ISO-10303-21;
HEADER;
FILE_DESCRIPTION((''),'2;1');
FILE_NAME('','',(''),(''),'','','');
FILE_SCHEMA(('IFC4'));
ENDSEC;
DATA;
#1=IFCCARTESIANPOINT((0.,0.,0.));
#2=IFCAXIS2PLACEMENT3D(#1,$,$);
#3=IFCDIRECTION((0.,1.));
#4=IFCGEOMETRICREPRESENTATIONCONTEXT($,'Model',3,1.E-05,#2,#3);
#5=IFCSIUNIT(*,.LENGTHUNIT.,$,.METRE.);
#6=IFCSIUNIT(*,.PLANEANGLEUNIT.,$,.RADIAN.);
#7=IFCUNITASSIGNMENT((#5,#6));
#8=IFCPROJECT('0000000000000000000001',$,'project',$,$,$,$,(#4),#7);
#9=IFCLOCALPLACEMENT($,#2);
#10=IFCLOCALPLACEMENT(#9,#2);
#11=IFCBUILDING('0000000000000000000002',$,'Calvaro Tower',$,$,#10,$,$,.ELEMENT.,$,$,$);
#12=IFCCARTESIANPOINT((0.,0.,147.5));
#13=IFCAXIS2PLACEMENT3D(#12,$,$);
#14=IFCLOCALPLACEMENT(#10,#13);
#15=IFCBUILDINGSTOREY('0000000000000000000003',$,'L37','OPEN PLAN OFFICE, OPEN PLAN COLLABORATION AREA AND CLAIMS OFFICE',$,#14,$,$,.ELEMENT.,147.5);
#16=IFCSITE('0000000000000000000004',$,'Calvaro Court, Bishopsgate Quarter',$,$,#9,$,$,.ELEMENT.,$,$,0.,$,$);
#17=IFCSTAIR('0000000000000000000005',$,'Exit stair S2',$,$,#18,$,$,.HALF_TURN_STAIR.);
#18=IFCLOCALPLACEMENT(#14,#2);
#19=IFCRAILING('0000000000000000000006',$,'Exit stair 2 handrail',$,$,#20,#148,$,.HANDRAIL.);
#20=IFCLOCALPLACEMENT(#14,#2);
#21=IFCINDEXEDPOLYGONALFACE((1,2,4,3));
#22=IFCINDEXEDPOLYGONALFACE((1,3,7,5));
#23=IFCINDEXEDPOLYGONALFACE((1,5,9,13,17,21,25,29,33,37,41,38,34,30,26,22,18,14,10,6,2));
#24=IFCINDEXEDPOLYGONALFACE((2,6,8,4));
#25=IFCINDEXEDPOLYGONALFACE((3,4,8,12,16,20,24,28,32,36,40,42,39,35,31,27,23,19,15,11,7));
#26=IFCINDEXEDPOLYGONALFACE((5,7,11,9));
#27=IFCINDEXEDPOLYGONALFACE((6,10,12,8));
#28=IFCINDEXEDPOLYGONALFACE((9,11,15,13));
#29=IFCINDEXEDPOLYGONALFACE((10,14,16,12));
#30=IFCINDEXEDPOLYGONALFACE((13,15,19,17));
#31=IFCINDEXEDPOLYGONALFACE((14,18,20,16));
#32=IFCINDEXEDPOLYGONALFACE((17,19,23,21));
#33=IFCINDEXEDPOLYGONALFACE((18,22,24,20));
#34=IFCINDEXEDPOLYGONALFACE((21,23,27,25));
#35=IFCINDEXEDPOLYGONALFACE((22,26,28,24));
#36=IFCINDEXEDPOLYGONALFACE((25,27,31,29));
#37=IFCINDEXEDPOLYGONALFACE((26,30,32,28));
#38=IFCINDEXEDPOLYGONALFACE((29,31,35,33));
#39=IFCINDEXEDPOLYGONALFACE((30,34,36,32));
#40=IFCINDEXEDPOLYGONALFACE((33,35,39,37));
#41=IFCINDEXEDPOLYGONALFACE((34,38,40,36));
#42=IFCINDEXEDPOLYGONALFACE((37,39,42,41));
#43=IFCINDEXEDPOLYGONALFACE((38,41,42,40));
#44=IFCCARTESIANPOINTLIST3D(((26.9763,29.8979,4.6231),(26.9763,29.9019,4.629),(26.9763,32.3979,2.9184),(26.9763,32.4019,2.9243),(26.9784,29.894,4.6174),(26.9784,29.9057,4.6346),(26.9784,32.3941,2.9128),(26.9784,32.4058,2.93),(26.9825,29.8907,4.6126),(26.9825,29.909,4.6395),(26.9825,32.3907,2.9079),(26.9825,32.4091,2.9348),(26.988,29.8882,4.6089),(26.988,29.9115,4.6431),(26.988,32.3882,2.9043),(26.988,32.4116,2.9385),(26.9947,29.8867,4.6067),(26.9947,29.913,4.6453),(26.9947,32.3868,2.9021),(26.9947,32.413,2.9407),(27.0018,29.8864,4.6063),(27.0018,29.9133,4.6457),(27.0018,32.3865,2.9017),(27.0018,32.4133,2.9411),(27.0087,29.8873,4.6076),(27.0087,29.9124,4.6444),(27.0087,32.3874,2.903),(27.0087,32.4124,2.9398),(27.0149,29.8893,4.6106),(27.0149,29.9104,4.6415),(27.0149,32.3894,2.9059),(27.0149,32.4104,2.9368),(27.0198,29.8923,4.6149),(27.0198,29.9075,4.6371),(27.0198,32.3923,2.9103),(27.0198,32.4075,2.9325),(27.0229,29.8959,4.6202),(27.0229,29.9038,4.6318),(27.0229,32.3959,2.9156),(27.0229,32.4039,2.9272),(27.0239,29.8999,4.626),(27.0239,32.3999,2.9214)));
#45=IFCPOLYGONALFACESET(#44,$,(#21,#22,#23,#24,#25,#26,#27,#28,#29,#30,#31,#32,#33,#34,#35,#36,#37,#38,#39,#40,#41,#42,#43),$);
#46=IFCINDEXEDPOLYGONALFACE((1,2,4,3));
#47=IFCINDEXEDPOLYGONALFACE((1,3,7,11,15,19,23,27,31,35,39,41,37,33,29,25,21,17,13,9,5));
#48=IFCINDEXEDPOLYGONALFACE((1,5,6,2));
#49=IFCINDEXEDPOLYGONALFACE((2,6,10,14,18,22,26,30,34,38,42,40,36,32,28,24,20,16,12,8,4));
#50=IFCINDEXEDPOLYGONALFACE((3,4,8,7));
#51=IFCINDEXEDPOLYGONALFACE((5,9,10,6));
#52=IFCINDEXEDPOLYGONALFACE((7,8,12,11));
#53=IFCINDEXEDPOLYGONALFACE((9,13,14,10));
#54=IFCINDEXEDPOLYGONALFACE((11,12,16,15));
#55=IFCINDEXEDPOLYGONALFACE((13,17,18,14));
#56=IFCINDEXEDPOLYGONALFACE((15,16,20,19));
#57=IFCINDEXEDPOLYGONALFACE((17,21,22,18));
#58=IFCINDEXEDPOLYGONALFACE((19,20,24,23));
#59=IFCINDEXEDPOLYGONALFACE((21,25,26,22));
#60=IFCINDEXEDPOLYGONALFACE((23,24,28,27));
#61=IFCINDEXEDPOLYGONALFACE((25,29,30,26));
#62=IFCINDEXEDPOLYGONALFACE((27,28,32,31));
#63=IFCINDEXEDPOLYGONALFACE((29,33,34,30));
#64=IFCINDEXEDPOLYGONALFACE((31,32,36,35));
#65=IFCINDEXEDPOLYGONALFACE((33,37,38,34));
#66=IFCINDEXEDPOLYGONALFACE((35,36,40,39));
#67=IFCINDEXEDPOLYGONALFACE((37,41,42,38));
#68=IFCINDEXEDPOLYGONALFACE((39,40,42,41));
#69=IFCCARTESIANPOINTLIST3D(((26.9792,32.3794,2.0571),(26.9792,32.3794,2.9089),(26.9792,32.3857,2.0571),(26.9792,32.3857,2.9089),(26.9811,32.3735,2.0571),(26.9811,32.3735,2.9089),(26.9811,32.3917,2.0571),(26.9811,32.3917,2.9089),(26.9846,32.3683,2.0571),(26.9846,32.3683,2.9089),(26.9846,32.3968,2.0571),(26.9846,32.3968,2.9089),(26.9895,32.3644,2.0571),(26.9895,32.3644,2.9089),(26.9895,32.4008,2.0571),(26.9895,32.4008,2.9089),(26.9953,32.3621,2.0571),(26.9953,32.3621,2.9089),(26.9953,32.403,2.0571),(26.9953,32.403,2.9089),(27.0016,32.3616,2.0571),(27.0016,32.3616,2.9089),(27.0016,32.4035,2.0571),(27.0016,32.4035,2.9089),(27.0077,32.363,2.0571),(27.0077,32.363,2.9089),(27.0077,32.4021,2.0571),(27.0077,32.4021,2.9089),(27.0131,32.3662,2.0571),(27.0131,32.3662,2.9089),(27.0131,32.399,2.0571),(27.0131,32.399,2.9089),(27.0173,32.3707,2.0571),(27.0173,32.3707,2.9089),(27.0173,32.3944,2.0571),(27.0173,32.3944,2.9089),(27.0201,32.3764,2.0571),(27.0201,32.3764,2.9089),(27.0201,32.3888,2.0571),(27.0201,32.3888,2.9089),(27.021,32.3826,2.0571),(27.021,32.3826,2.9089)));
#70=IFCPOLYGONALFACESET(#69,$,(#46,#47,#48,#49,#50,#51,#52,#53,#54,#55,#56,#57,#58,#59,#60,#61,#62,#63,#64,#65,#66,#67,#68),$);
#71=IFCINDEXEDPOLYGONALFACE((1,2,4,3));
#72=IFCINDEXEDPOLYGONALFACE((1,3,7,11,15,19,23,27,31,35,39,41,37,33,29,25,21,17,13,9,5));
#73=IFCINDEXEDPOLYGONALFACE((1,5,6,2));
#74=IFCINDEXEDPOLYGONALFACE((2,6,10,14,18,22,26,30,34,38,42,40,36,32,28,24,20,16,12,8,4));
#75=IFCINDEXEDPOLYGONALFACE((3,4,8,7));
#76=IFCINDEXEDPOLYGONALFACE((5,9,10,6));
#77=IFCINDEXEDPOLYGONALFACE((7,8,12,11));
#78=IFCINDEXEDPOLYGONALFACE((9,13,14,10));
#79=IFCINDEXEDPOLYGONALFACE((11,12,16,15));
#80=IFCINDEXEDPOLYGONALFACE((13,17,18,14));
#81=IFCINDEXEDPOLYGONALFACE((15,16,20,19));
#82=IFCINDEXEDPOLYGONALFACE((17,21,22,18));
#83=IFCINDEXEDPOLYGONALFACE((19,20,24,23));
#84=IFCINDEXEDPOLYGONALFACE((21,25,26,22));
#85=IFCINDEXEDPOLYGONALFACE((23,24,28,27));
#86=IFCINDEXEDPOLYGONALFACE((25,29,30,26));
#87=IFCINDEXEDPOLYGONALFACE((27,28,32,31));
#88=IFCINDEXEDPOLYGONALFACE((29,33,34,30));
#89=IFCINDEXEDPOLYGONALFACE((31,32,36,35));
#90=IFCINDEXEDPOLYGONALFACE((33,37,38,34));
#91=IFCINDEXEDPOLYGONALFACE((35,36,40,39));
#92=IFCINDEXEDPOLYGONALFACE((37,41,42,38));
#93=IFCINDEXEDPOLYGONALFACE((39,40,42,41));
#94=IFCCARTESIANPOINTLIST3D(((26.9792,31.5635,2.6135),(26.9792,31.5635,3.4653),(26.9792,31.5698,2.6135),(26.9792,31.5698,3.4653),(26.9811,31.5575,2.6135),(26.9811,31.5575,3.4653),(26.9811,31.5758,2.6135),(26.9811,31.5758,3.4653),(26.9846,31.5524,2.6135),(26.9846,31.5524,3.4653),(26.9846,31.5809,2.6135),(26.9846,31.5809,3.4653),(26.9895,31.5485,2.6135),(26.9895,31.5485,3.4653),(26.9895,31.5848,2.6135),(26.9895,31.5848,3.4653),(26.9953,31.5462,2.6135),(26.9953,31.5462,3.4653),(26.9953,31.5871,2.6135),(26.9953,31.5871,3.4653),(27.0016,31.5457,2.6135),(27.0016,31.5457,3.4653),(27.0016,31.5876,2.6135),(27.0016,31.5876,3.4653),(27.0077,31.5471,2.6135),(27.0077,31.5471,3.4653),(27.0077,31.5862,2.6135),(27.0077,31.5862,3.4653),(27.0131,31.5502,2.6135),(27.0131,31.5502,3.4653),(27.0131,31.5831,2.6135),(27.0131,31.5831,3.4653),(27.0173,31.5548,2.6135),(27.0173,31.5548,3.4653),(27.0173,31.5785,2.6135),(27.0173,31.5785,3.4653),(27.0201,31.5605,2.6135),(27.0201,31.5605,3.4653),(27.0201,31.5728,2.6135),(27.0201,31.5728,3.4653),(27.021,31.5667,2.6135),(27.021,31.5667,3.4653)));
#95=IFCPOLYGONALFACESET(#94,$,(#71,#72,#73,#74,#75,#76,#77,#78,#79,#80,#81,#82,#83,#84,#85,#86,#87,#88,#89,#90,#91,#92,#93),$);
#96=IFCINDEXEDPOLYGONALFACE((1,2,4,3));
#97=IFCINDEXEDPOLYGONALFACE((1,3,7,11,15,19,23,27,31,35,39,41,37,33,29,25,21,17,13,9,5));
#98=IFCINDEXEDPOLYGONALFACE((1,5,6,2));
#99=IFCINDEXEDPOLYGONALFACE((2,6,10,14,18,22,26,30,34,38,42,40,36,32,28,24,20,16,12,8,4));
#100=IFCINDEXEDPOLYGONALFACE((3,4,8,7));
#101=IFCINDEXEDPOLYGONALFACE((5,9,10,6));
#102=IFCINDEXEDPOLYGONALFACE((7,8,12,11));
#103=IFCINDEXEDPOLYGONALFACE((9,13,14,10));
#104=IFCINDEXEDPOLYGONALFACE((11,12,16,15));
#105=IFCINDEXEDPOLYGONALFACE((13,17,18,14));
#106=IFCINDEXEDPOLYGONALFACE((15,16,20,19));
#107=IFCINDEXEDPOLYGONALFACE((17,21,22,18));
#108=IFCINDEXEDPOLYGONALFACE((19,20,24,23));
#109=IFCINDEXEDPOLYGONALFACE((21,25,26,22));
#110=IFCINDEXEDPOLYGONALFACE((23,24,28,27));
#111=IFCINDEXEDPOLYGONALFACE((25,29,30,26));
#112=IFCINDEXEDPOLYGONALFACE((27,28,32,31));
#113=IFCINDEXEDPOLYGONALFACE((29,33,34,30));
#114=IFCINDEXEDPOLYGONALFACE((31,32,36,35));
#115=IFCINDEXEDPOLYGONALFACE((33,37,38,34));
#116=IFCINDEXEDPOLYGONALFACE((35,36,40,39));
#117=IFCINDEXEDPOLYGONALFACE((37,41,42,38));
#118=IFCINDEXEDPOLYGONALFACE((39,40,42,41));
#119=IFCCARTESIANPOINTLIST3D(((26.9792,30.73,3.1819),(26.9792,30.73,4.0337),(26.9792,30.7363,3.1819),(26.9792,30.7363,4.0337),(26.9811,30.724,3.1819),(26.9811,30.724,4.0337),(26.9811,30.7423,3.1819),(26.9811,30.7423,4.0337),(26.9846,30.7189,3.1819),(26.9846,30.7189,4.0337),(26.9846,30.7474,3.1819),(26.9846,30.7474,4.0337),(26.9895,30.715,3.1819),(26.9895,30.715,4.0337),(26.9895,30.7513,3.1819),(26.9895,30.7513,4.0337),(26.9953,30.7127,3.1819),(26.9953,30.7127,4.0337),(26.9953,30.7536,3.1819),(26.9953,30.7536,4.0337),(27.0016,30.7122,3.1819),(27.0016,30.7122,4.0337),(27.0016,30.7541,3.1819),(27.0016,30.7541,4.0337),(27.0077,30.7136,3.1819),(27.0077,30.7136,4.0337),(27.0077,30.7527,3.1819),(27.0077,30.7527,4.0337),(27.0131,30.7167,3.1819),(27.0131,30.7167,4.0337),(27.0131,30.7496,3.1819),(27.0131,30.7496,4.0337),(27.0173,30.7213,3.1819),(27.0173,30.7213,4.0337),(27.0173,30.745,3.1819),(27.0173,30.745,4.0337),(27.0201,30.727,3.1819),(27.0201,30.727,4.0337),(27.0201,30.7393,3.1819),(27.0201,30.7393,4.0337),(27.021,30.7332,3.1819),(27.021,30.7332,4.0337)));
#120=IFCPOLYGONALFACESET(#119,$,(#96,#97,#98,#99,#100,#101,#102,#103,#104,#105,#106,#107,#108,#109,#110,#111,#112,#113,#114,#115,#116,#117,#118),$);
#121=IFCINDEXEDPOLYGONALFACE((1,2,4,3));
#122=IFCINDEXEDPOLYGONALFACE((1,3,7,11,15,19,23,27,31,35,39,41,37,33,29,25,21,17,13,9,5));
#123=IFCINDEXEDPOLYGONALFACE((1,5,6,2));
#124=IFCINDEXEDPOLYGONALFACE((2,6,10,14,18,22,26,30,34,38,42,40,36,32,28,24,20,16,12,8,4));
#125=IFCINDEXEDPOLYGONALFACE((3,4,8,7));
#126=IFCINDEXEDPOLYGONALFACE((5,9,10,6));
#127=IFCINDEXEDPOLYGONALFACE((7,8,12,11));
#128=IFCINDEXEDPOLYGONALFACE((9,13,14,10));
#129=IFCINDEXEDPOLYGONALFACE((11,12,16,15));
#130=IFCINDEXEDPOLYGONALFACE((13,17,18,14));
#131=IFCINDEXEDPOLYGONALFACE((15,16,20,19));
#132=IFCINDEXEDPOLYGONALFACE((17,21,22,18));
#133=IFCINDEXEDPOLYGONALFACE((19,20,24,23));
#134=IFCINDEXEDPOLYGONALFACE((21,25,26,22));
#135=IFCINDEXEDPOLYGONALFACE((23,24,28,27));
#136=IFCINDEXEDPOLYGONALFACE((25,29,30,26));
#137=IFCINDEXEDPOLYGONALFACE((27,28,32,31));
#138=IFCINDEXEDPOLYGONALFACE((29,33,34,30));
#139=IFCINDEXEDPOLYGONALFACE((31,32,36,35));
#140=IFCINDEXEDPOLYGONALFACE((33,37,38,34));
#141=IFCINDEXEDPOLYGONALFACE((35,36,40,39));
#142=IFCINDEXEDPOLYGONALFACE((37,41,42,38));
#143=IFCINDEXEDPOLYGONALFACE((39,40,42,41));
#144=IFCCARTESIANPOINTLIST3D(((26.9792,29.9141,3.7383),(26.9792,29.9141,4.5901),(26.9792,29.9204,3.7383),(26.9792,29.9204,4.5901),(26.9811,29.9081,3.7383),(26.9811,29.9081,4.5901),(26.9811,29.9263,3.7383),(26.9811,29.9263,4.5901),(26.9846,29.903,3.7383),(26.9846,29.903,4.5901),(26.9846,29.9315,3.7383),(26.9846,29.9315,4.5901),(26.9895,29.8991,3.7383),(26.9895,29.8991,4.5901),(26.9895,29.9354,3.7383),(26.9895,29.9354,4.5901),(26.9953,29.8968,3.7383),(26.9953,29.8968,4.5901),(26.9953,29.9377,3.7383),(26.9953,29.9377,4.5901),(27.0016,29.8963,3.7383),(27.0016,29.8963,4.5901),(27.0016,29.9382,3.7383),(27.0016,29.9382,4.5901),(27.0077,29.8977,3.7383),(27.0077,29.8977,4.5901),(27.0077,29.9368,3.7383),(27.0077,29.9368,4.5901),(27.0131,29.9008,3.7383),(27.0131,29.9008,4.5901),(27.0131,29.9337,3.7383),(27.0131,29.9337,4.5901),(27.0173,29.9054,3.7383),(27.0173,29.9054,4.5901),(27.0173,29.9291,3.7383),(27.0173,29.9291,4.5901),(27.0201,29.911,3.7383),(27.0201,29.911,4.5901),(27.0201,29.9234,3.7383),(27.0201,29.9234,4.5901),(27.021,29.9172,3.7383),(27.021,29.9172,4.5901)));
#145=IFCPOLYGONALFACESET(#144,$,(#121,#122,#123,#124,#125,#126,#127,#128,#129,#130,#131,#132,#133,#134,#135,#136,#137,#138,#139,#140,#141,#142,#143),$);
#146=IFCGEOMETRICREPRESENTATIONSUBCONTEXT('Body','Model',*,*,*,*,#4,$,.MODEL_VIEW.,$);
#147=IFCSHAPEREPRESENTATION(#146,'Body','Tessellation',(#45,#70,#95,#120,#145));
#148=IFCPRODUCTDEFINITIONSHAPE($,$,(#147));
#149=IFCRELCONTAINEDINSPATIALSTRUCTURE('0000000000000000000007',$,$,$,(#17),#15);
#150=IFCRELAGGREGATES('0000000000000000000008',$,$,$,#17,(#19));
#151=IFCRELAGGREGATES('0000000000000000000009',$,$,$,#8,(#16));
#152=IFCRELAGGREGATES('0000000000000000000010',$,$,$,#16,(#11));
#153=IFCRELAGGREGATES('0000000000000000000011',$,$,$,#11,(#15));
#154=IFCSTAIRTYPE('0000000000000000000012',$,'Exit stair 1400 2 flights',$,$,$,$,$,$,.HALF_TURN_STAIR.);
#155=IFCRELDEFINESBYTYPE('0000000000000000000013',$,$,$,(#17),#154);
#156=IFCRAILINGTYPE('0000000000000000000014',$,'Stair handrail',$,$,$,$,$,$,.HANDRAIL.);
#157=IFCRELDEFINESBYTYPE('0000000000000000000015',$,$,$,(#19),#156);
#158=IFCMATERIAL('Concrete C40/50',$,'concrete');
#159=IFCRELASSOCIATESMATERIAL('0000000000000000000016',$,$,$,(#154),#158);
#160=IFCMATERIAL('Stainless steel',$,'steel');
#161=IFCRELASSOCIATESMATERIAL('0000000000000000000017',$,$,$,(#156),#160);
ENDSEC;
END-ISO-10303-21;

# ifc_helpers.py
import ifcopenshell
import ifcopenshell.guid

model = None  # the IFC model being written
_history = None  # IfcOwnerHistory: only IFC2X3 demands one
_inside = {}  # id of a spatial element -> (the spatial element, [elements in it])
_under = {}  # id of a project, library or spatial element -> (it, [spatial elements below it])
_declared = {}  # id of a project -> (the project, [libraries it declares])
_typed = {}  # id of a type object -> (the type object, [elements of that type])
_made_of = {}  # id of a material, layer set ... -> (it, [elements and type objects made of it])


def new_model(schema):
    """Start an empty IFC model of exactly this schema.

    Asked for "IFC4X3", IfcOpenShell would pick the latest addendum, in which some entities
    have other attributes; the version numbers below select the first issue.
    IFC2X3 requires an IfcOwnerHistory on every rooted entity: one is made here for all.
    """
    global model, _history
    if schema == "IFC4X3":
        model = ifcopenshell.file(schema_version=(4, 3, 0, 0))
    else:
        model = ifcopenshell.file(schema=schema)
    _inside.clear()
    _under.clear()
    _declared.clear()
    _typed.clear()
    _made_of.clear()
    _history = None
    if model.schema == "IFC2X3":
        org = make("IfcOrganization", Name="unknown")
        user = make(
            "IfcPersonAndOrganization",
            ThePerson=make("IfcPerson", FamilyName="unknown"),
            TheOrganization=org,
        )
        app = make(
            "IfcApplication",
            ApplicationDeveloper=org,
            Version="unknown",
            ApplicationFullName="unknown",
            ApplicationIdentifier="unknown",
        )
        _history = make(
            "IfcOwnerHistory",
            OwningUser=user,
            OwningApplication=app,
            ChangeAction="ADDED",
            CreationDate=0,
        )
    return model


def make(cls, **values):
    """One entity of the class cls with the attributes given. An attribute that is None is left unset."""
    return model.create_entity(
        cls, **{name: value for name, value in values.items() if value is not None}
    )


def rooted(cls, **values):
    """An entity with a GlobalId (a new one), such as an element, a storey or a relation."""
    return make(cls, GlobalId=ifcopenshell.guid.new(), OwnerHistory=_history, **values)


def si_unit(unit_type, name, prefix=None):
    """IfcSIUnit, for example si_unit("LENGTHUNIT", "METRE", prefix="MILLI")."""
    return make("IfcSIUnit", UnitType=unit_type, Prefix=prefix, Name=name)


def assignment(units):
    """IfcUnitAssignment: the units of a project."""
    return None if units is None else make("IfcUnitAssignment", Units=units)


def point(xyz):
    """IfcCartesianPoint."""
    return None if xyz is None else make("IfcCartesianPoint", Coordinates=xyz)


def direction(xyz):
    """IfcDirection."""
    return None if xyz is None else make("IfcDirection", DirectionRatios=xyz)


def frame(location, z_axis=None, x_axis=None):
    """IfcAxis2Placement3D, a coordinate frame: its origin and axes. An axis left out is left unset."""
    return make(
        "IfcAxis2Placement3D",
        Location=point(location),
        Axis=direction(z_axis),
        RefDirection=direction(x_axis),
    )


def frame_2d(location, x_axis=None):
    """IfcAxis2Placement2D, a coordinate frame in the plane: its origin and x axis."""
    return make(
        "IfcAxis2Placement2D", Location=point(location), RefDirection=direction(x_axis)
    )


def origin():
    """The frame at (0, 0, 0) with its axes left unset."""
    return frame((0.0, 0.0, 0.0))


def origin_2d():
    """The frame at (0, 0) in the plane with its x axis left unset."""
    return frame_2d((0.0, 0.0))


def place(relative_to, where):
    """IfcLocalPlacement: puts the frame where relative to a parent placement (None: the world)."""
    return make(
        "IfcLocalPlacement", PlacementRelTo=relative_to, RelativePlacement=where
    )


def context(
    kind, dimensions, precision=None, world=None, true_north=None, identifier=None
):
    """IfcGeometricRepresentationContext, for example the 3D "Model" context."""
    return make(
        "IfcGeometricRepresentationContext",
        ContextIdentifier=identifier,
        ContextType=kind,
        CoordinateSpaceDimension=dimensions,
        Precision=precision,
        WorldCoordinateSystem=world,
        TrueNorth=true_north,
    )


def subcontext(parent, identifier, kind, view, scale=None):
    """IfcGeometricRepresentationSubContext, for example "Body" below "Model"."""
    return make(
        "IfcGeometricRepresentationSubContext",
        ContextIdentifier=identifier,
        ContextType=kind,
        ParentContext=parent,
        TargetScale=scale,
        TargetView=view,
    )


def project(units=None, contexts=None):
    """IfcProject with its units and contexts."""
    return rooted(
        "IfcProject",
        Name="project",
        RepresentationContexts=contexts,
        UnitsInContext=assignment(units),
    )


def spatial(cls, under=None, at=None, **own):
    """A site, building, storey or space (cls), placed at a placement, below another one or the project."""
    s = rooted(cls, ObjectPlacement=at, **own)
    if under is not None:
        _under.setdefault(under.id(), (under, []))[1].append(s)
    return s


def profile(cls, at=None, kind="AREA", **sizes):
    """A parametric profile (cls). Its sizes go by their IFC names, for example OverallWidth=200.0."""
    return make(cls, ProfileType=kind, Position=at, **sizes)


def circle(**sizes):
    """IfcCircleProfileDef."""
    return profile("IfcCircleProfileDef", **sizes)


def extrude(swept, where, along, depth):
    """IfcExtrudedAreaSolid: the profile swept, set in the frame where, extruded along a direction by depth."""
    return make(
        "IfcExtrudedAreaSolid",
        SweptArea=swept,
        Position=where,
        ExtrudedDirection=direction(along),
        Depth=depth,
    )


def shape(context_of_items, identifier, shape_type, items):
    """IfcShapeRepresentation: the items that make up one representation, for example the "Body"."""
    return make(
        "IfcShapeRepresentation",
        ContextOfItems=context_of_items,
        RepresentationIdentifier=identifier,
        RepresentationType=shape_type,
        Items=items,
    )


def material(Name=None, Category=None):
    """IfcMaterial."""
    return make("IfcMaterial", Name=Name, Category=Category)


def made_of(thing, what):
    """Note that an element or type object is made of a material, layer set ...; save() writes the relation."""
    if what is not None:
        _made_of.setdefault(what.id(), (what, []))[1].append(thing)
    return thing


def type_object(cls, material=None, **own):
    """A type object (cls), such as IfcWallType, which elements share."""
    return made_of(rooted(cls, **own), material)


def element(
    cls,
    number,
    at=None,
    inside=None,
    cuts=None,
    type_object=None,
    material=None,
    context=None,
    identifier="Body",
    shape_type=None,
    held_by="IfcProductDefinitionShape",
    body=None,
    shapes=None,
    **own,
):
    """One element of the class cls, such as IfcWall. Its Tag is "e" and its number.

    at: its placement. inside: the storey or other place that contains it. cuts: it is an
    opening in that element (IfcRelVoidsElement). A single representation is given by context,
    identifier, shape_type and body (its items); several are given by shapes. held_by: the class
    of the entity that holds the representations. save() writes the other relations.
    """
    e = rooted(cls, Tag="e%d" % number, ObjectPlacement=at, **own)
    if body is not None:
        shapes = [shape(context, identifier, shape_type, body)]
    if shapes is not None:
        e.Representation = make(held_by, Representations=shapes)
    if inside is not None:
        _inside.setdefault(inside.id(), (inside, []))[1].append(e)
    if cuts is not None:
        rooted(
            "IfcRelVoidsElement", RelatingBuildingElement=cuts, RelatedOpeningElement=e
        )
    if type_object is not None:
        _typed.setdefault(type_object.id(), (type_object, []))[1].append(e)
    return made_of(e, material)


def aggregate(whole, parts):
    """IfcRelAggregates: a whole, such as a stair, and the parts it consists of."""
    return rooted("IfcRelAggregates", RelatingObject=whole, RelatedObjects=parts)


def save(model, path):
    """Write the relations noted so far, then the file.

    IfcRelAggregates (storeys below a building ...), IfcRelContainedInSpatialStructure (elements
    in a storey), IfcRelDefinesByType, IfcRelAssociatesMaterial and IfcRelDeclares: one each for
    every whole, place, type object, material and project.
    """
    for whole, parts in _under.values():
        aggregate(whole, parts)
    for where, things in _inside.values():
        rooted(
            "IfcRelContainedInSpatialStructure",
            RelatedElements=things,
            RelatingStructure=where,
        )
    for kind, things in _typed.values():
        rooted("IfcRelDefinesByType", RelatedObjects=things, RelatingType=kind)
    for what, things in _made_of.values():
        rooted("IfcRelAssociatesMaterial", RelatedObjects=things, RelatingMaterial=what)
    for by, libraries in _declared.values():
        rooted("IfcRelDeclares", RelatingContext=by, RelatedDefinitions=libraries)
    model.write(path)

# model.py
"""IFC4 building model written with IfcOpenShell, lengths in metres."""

from ifc_helpers import new_model, si_unit, direction, frame, origin, origin_2d, place, context, subcontext, project, spatial, circle, extrude, material, type_object, element, aggregate, save


model = new_model("IFC4")

# Units and contexts
model_context = context("Model", 3, precision=1e-05, world=origin(), true_north=direction((0.0, 1.0)))
body_context = subcontext(model_context, "Body", "Model", "MODEL_VIEW")
ifc_project = project(units=[si_unit("LENGTHUNIT", "METRE"), si_unit("PLANEANGLEUNIT", "RADIAN")], contexts=[model_context])

# Site, building, storey
site_placement = place(None, origin())
site = spatial("IfcSite", under=ifc_project, at=site_placement, Name="Calvaro Court, Bishopsgate Quarter", CompositionType="ELEMENT", RefElevation=0.0)
building_placement = place(site_placement, origin())
building = spatial("IfcBuilding", under=site, at=building_placement, Name="Calvaro Tower", CompositionType="ELEMENT")
storey_placement = place(building_placement, frame((0.0, 0.0, 147.5)))
storey = spatial("IfcBuildingStorey", under=building, at=storey_placement, Name="L37", Description="OPEN PLAN OFFICE, OPEN PLAN COLLABORATION AREA AND CLAIMS OFFICE", CompositionType="ELEMENT", Elevation=147.5)

# Stair, railing
ifc_material_1 = material(Name="Concrete C40/50", Category="concrete")
stair_type = type_object("IfcStairType", Name="Exit stair 1400 2 flights", PredefinedType="HALF_TURN_STAIR", material=ifc_material_1)
stair_placement = place(storey_placement, origin())
stair = element("IfcStair", 1, at=stair_placement, inside=storey, type_object=stair_type, Name="Exit stair S2", PredefinedType="HALF_TURN_STAIR")
ifc_material_2 = material(Name="Stainless steel", Category="steel")
railing_type = type_object("IfcRailingType", Name="Stair handrail", PredefinedType="HANDRAIL", material=ifc_material_2)
railing_1_placement = place(storey_placement, frame((27.0, 32.3999, 2.0454)))
railing_1 = element("IfcRailing", 2, at=railing_1_placement, type_object=railing_type, Name="Exit stair 2 handrail", PredefinedType="HANDRAIL", context=body_context, shape_type="SweptSolid", body=[
    extrude(circle(Radius=0.0239, at=origin_2d()), frame((0.0, 0.0, 0.876), z_axis=(0.0, -0.826221, 0.563347), x_axis=(1.0, 0.0, 0.0)), (0.0, 0.0, 1.0), 3.0259),
    extrude(circle(Radius=0.021, at=origin_2d()), frame((0.0, -0.0173, 0.0117)), (0.0, 0.0, 1.0), 0.8518),
    extrude(circle(Radius=0.021, at=origin_2d()), frame((0.0, -0.8333, 0.5681)), (0.0, 0.0, 1.0), 0.8518),
    extrude(circle(Radius=0.021, at=origin_2d()), frame((0.0, -1.6667, 1.1365)), (0.0, 0.0, 1.0), 0.8518),
    extrude(circle(Radius=0.021, at=origin_2d()), frame((0.0, -2.4827, 1.6929)), (0.0, 0.0, 1.0), 0.8518),
])
aggregate(stair, [railing_1])

save(model, "model.ifc")
